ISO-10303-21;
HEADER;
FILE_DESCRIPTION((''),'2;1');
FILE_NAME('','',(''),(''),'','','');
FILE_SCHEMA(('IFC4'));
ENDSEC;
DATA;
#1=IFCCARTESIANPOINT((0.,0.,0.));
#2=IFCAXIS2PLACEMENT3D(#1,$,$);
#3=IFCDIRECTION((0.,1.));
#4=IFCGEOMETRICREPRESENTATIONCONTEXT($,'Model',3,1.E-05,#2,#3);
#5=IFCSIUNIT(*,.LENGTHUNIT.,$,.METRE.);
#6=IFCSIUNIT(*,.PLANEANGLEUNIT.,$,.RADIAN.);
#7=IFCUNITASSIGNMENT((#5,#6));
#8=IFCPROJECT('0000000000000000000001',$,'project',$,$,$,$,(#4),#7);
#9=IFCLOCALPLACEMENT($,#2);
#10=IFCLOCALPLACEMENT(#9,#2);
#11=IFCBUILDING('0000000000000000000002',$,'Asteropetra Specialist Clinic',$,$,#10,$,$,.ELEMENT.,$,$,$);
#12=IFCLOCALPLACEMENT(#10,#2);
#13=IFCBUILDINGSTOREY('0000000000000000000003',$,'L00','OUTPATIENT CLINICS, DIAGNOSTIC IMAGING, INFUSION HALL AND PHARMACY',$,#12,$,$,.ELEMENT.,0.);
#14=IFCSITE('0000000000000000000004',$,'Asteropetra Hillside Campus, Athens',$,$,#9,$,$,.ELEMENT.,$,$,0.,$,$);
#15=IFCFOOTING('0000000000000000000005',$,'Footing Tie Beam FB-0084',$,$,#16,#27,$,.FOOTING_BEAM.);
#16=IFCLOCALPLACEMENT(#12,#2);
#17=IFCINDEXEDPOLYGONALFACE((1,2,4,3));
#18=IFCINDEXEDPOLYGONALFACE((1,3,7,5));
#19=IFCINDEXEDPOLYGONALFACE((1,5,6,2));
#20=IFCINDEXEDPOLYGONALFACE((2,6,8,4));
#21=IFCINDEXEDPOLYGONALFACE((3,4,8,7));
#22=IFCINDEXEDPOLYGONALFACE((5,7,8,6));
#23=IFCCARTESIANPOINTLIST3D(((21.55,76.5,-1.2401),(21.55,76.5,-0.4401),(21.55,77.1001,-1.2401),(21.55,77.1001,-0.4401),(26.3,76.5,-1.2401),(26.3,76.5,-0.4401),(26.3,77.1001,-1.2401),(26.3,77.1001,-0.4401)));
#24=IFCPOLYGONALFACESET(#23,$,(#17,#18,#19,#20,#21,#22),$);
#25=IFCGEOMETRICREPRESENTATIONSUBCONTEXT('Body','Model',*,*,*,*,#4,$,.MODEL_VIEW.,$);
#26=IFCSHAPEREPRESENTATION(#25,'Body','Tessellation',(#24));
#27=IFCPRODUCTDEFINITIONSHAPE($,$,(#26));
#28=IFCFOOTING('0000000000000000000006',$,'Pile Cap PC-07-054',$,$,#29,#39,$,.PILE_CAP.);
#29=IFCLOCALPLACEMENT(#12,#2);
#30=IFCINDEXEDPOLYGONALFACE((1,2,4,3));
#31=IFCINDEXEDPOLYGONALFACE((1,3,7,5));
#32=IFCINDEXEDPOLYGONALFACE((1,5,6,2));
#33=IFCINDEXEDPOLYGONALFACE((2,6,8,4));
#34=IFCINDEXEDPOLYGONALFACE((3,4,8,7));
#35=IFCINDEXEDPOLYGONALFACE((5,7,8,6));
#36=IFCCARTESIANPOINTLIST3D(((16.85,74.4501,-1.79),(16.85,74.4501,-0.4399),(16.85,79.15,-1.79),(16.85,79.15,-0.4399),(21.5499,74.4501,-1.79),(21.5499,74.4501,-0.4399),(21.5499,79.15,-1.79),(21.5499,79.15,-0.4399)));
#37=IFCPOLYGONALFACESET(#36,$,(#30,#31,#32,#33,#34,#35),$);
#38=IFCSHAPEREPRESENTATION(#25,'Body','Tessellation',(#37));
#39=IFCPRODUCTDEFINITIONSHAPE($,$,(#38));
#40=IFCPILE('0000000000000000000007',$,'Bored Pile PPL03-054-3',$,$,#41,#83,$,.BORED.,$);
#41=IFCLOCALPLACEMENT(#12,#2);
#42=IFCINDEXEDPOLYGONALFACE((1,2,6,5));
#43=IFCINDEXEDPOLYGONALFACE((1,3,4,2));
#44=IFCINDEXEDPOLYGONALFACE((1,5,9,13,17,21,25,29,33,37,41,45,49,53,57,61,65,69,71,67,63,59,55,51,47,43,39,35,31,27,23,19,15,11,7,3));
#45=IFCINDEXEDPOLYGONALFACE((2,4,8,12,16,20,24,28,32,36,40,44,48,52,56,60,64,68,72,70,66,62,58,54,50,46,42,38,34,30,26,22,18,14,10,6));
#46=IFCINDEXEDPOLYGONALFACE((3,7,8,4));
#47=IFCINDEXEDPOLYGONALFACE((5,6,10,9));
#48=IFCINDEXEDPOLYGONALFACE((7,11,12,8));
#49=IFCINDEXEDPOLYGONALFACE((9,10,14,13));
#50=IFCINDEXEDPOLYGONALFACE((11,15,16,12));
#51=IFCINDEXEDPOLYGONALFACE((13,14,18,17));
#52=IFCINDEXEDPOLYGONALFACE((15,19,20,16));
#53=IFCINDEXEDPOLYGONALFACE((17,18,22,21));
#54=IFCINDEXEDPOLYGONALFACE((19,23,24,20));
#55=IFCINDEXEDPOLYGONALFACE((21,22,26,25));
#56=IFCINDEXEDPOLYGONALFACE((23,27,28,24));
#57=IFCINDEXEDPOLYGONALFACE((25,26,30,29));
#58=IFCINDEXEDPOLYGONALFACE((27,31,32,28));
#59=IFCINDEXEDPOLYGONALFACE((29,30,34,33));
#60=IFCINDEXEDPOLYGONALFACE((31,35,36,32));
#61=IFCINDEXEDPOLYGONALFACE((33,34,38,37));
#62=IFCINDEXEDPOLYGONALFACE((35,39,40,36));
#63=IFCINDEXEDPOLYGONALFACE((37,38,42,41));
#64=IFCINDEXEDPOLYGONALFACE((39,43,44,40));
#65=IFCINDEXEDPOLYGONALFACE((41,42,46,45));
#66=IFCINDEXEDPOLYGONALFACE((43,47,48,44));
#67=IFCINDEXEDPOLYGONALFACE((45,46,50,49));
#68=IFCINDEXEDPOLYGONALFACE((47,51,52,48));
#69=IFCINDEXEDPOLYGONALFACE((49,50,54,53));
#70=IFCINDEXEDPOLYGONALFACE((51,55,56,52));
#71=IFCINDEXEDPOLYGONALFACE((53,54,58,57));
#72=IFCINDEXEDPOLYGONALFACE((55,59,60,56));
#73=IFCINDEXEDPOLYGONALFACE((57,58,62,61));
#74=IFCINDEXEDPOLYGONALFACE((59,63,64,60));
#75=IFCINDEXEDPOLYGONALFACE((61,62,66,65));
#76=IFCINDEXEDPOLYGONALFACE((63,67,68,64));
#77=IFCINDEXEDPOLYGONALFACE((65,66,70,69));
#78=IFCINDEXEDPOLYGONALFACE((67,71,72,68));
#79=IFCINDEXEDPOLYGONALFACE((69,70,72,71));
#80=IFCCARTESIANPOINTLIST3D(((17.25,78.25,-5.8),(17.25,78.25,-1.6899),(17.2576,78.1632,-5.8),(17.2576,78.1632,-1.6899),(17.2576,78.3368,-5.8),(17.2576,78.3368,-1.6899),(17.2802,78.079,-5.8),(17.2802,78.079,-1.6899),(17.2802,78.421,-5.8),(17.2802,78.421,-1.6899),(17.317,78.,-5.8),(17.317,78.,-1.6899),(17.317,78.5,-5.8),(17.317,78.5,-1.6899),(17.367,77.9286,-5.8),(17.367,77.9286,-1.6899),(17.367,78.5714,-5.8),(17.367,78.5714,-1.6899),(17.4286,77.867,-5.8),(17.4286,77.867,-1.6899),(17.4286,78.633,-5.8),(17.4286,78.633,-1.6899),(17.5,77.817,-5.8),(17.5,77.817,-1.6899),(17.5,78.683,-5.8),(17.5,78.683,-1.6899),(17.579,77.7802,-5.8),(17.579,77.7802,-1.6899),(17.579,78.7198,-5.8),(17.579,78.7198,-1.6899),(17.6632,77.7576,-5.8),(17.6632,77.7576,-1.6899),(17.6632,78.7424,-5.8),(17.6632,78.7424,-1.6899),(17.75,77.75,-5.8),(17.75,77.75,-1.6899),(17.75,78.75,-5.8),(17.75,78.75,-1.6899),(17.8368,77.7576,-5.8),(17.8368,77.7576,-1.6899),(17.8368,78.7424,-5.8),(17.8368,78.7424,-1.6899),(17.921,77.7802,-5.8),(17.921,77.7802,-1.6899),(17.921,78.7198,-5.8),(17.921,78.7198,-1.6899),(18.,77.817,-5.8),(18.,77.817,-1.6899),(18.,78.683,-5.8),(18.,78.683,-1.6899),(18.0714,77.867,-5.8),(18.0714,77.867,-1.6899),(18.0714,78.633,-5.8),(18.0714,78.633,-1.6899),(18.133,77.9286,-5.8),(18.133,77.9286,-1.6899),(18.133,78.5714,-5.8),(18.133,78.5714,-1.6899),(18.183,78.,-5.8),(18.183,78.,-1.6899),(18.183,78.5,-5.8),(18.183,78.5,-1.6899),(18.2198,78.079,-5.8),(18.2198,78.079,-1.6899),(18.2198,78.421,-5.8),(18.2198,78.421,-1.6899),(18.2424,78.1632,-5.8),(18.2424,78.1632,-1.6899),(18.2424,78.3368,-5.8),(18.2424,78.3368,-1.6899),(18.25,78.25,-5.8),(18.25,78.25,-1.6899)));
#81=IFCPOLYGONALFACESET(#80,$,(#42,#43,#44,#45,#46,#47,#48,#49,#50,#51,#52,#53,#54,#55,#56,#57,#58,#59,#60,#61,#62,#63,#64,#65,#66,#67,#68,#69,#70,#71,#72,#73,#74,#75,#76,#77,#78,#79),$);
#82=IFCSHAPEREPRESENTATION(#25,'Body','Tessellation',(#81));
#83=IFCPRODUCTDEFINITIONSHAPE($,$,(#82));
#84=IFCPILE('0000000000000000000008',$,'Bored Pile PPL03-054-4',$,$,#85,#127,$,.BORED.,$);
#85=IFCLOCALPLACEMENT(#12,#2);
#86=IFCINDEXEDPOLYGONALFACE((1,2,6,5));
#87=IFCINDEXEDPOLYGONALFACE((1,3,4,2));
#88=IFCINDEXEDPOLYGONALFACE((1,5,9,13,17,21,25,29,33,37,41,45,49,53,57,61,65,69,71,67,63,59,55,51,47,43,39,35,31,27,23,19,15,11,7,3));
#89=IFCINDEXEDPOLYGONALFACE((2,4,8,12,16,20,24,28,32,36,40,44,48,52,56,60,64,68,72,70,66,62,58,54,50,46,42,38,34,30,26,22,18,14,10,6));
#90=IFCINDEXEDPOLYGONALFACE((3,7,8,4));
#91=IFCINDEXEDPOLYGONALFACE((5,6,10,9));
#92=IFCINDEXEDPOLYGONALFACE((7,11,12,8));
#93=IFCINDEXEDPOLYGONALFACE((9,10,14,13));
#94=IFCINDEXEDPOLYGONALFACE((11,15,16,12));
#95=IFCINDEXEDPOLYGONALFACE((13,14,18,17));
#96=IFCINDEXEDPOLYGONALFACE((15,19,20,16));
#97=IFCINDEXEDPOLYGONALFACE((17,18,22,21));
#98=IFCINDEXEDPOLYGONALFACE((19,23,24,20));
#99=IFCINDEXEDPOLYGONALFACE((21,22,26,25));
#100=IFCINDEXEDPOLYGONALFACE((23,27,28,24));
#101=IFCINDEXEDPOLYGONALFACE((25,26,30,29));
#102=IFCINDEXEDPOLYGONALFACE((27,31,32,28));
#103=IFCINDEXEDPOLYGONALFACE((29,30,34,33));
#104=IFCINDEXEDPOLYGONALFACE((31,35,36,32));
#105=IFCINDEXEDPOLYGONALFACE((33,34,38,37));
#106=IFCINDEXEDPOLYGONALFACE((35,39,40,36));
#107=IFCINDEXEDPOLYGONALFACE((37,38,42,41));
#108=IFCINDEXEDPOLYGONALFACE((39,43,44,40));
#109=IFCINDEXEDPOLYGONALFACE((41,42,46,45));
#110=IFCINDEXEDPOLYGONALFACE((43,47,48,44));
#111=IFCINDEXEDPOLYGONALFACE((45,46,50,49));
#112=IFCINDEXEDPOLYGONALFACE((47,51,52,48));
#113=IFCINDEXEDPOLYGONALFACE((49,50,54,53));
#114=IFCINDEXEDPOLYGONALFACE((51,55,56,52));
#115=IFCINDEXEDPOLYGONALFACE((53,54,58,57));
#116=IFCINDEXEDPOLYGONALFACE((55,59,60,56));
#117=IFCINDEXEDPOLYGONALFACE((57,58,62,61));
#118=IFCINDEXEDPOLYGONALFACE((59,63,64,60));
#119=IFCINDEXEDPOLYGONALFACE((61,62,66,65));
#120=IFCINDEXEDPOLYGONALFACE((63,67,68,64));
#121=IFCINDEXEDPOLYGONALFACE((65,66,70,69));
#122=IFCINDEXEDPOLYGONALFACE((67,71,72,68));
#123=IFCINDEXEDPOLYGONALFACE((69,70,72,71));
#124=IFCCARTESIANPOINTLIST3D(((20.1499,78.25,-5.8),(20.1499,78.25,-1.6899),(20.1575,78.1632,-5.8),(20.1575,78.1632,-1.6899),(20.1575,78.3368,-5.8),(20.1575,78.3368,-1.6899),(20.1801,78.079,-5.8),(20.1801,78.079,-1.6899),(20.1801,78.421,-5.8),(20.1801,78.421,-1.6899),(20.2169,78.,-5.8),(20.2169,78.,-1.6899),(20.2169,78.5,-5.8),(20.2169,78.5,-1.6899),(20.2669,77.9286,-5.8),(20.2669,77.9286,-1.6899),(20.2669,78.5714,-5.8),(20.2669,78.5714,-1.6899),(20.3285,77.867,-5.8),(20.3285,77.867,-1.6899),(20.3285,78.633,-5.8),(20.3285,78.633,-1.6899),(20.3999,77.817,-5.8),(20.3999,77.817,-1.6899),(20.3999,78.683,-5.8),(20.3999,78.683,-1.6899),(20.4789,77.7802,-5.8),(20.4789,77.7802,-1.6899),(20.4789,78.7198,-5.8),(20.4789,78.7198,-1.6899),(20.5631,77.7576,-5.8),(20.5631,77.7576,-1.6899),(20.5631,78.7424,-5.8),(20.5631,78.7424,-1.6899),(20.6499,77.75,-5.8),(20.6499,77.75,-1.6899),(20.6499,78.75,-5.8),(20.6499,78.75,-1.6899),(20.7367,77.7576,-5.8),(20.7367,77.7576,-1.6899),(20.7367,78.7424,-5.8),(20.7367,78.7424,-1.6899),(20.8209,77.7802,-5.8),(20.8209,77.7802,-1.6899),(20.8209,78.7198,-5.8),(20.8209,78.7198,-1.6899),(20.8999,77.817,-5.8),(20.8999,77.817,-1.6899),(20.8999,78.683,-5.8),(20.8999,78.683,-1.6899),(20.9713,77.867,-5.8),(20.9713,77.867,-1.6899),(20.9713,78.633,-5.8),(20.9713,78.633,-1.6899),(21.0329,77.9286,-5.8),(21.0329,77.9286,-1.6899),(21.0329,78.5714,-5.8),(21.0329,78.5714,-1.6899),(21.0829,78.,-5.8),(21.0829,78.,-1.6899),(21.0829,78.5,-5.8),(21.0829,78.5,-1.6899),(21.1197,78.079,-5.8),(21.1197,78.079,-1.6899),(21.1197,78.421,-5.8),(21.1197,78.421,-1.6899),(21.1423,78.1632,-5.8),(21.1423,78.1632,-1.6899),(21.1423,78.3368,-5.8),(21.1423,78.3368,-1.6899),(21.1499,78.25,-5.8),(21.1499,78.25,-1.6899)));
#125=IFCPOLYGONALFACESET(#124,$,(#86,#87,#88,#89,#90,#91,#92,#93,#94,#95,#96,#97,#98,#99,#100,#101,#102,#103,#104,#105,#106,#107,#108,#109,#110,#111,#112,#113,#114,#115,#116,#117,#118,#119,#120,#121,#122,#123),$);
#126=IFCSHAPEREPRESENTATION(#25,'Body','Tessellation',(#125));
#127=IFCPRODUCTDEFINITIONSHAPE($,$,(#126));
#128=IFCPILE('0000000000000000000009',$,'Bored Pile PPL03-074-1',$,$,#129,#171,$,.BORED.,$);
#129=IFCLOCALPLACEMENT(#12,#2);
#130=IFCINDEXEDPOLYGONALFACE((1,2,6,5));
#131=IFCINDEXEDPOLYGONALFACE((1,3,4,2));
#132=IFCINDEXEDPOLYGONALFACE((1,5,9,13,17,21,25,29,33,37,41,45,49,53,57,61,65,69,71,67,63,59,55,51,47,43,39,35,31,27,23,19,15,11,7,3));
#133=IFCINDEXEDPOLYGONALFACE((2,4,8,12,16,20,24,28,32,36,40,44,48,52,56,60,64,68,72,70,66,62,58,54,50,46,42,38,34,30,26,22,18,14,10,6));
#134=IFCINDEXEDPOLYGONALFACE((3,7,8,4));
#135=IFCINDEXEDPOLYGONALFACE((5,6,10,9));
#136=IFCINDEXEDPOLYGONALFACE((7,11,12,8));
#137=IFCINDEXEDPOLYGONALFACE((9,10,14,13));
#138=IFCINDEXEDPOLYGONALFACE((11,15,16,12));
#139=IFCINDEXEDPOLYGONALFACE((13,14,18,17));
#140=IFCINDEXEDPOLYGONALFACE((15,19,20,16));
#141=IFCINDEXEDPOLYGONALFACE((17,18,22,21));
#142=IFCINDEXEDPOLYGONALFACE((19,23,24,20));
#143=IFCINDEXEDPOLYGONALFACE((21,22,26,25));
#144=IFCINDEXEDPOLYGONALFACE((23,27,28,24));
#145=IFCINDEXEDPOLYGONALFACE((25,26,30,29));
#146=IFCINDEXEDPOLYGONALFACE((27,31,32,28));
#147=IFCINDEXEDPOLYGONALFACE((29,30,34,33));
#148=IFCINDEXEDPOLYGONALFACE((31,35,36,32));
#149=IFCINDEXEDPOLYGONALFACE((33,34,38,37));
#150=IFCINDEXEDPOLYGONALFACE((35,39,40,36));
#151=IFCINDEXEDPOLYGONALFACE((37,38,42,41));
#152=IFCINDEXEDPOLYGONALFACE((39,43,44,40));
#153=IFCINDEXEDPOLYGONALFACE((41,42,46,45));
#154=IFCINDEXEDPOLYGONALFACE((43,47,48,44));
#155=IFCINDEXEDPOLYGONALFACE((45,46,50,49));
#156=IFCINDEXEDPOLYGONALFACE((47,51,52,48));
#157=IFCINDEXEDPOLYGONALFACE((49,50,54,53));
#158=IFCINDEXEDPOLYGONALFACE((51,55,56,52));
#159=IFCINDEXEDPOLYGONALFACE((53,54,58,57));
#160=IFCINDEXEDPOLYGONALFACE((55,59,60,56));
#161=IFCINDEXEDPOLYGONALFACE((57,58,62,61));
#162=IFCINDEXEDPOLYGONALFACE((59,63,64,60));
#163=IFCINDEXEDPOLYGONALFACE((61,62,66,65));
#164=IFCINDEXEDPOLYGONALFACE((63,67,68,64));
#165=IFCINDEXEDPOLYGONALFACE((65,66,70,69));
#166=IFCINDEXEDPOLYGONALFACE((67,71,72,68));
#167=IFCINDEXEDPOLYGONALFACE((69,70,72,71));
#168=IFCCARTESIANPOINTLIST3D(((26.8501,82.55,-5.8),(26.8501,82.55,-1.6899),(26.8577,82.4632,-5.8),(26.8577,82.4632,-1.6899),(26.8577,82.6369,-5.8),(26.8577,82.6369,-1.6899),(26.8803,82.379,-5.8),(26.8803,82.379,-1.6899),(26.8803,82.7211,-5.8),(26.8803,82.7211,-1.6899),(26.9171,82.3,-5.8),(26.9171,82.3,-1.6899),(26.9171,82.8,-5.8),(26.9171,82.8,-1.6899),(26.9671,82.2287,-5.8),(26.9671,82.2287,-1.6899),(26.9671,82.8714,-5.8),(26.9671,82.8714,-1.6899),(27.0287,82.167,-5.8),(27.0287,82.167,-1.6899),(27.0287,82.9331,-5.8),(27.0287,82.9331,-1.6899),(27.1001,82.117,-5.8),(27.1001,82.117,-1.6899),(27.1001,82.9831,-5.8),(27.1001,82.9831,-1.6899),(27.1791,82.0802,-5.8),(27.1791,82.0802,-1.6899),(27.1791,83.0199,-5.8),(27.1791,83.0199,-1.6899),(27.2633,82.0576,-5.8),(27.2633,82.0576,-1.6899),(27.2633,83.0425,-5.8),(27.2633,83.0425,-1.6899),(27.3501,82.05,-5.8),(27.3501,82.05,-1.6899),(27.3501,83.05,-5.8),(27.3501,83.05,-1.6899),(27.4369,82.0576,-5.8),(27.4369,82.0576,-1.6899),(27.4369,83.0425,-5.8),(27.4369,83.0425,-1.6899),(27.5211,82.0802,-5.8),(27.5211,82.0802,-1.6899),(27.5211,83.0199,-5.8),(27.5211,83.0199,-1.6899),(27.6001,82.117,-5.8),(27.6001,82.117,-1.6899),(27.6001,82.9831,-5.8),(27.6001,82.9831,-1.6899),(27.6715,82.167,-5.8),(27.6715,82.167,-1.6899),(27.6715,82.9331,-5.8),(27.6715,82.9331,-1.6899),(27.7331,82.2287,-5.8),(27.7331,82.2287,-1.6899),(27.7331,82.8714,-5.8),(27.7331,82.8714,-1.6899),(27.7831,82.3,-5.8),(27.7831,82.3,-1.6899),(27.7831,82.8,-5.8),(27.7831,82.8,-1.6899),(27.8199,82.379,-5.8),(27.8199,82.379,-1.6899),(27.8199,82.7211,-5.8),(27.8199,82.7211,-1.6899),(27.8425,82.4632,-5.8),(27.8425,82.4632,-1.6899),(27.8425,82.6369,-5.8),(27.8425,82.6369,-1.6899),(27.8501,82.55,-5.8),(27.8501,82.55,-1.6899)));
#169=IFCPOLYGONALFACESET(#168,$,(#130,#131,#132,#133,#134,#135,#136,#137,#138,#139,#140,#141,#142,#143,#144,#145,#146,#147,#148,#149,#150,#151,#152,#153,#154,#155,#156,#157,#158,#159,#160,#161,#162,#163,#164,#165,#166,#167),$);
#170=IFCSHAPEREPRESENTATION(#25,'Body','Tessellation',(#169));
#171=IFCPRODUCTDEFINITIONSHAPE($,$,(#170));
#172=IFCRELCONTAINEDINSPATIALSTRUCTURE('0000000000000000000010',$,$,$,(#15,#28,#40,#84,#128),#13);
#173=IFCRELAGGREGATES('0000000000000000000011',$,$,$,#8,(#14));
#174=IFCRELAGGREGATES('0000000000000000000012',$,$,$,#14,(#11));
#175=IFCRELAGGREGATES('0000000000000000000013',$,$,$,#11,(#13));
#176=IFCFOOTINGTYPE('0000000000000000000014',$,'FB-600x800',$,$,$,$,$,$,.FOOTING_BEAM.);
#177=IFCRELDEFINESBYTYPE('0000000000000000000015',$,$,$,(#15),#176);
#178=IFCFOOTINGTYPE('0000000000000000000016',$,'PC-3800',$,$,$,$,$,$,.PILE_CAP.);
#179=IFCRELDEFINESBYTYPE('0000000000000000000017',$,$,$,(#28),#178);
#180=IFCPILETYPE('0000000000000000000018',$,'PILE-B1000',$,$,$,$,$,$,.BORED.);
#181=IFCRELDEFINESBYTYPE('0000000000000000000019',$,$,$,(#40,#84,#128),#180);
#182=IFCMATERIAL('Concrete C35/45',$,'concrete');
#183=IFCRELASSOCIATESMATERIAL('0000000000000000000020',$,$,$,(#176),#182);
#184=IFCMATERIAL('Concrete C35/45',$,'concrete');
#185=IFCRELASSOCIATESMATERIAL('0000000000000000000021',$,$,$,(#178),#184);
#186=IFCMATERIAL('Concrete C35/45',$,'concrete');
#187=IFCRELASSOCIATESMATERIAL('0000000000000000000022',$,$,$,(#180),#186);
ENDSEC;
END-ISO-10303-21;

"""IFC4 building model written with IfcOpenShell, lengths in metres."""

from ifc_helpers import new_model, si_unit, direction, frame, origin, origin_2d, place, context, subcontext, project, spatial, rectangle, circle, extrude, material, material_profile, profile_set, type_object, element, save


model = new_model("IFC4")

# Units and contexts
model_context = context("Model", 3, precision=1e-05, world=origin(), true_north=direction((0.0, 1.0)))
body_context = subcontext(model_context, "Body", "Model", "MODEL_VIEW")
ifc_project = project(units=[si_unit("LENGTHUNIT", "METRE"), si_unit("PLANEANGLEUNIT", "RADIAN")], contexts=[model_context])

# Site, building, storey
site_placement = place(None, origin())
site = spatial("IfcSite", under=ifc_project, at=site_placement, Name="Asteropetra Hillside Campus, Athens", CompositionType="ELEMENT", RefElevation=0.0)
building_placement = place(site_placement, origin())
building = spatial("IfcBuilding", under=site, at=building_placement, Name="Asteropetra Specialist Clinic", CompositionType="ELEMENT")
storey_placement = place(building_placement, origin())
storey = spatial("IfcBuildingStorey", under=building, at=storey_placement, Name="L00", Description="OUTPATIENT CLINICS, DIAGNOSTIC IMAGING, INFUSION HALL AND PHARMACY", CompositionType="ELEMENT", Elevation=0.0)

# Footings
ifc_material_1 = material(Name="Concrete C35/45", Category="concrete")
ifc_material_profile_1 = material_profile(ifc_material_1, rectangle(XDim=0.6001, YDim=0.8, at=origin_2d()), Name="FB 600x800")
ifc_profile_set_1 = profile_set([ifc_material_profile_1], Name="Concrete C35/45")
footing_type_1 = type_object("IfcFootingType", Name="FB-600x800", PredefinedType="FOOTING_BEAM", material=ifc_profile_set_1)
footing_1_placement = place(storey_placement, frame((21.55, 76.8, -0.8401), z_axis=(1.0, 0.0, 0.0), x_axis=(0.0, 1.0, 0.0)))
element("IfcFooting", 1, at=footing_1_placement, inside=storey, type_object=footing_type_1, Name="Footing Tie Beam FB-0084", PredefinedType="FOOTING_BEAM", context=body_context, shape_type="SweptSolid", body=[
    extrude(rectangle(XDim=0.6001, YDim=0.8, at=origin_2d()), origin(), (0.0, 0.0, 1.0), 4.75),
])
ifc_material_2 = material(Name="Concrete C35/45", Category="concrete")
footing_type_2 = type_object("IfcFootingType", Name="PC-3800", PredefinedType="PILE_CAP", material=ifc_material_2)
footing_2_placement = place(storey_placement, frame((19.2, 76.8, -1.79), z_axis=(0.0, 0.0, 1.0), x_axis=(1.0, 0.0, 0.0)))
element("IfcFooting", 2, at=footing_2_placement, inside=storey, type_object=footing_type_2, Name="Pile Cap PC-07-054", PredefinedType="PILE_CAP", context=body_context, shape_type="SweptSolid", body=[
    extrude(rectangle(XDim=4.7, YDim=4.7, at=origin_2d()), origin(), (0.0, 0.0, 1.0), 1.3501),
])

# Piles
ifc_material_3 = material(Name="Concrete C35/45", Category="concrete")
ifc_material_profile_2 = material_profile(ifc_material_3, circle(Radius=0.5, at=origin_2d()), Name="PILE D1000")
ifc_profile_set_2 = profile_set([ifc_material_profile_2], Name="Concrete C35/45")
pile_type_1 = type_object("IfcPileType", Name="PILE-B1000", PredefinedType="BORED", material=ifc_profile_set_2)
for number, where, z_axis, x_axis, name in (
    (3, (17.75, 78.25, -1.6899), (0.0, 0.0, -1.0), (1.0, 0.0, 0.0), "Bored Pile PPL03-054-3"),
    (4, (20.6499, 78.25, -1.6899), (0.0, 0.0, -1.0), (1.0, 0.0, 0.0), "Bored Pile PPL03-054-4"),
    (5, (27.3501, 82.55, -1.6899), (0.0, 0.0, -1.0), (1.0, 0.0, 0.0), "Bored Pile PPL03-074-1"),
):
    element("IfcPile", number, at=place(storey_placement, frame(where, z_axis=z_axis, x_axis=x_axis)), inside=storey, type_object=pile_type_1, Name=name, PredefinedType="BORED", context=body_context, shape_type="SweptSolid", body=[
        extrude(circle(Radius=0.5, at=origin_2d()), origin(), (0.0, 0.0, 1.0), 4.1101),
    ])

save(model, "model.ifc")
